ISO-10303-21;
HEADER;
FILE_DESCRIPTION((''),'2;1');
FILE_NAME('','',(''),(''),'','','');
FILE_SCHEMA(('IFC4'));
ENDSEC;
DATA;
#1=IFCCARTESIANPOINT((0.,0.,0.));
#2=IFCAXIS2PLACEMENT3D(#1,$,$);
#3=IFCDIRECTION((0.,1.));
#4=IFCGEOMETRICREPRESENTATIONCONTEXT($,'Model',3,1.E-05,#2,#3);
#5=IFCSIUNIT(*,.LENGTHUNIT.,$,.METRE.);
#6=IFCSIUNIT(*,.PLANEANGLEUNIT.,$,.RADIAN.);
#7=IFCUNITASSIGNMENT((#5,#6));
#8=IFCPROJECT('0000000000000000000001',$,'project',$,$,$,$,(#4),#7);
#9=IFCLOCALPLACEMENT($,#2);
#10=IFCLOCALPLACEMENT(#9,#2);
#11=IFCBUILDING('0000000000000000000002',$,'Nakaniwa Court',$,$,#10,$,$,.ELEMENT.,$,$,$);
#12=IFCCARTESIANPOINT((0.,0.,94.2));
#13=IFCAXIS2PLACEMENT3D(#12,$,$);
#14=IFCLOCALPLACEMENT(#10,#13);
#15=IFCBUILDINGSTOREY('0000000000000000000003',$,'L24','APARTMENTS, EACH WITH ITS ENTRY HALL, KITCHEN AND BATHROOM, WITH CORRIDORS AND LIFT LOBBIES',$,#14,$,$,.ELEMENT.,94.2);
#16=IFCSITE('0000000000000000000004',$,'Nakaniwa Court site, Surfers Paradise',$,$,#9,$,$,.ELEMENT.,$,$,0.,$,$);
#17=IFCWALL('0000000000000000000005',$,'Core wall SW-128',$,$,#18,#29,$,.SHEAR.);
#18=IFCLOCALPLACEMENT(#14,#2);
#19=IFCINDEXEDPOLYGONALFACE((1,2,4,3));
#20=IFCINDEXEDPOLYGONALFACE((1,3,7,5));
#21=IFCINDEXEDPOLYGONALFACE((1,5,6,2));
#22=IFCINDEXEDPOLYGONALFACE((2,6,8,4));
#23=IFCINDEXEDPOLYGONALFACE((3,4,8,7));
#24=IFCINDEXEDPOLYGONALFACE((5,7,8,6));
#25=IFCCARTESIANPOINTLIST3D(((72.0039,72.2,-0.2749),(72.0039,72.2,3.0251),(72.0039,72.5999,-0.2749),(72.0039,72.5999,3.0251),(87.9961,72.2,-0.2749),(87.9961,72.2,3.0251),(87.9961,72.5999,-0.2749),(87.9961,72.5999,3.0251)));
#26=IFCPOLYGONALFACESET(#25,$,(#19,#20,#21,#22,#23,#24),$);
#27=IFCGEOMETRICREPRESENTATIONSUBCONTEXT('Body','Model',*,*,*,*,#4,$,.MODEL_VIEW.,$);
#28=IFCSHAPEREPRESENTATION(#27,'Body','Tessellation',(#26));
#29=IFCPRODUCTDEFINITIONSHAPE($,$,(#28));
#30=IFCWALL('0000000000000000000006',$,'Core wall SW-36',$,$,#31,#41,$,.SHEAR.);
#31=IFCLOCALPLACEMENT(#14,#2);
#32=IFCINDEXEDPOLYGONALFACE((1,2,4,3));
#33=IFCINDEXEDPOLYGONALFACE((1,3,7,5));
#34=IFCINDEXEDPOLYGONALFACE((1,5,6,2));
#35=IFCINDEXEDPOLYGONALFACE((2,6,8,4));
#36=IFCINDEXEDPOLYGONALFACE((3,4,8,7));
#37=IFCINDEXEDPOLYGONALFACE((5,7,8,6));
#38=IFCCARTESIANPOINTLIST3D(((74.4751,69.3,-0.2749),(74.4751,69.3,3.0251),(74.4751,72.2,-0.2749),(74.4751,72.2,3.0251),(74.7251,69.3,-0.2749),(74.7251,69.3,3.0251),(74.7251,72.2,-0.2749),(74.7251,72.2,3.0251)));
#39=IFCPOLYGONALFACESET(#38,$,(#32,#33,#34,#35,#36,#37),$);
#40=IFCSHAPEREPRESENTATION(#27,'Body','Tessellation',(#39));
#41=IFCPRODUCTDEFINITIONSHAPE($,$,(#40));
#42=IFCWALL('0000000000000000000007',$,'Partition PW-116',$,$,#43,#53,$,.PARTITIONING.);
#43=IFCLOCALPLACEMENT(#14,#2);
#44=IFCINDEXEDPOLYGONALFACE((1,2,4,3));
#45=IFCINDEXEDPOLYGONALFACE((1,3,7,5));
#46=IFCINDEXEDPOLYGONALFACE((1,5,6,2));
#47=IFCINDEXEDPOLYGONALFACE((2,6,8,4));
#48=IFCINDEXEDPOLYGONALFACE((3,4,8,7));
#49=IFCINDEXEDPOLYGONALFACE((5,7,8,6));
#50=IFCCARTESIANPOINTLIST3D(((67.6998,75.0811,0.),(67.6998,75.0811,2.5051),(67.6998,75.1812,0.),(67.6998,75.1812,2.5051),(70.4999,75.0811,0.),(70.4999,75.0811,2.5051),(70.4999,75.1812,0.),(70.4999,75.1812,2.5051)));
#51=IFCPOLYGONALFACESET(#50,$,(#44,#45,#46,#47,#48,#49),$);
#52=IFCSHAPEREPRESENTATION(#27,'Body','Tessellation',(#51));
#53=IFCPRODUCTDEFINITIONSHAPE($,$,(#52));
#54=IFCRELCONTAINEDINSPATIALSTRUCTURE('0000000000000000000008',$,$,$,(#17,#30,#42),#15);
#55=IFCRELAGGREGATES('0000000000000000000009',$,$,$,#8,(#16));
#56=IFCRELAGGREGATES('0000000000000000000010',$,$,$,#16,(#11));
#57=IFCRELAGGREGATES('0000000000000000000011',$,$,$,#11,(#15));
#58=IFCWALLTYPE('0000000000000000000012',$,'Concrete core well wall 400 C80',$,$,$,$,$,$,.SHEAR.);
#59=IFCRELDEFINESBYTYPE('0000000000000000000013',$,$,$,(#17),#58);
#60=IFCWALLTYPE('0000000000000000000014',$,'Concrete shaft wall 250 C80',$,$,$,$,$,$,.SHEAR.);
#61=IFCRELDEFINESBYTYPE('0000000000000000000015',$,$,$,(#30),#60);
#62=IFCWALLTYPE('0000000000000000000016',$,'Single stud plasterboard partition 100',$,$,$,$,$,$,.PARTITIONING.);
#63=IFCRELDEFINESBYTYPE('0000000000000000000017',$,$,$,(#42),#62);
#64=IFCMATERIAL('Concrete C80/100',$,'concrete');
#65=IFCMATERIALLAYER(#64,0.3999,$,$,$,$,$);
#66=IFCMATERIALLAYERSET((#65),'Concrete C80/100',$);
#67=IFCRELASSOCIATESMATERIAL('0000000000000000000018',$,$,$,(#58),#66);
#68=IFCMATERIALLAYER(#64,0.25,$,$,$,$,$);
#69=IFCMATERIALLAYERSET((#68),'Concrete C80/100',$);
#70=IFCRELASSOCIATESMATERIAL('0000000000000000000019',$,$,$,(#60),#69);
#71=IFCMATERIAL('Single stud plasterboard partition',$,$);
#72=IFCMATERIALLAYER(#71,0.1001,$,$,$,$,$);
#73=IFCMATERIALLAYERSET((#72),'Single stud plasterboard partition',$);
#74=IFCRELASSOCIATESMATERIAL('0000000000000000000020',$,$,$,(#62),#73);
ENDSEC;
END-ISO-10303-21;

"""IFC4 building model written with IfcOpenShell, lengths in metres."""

from ifc_helpers import new_model, si_unit, direction, frame, frame_2d, origin, place, context, subcontext, project, spatial, rectangle, extrude, material, layer, layer_set, type_object, element, save


model = new_model("IFC4")

# Units and contexts
model_context = context("Model", 3, precision=1e-05, world=origin(), true_north=direction((0.0, 1.0)))
body_context = subcontext(model_context, "Body", "Model", "MODEL_VIEW")
ifc_project = project(units=[si_unit("LENGTHUNIT", "METRE"), si_unit("PLANEANGLEUNIT", "RADIAN")], contexts=[model_context])

# Site, building, storey
site_placement = place(None, origin())
site = spatial("IfcSite", under=ifc_project, at=site_placement, Name="Nakaniwa Court site, Surfers Paradise", CompositionType="ELEMENT", RefElevation=0.0)
building_placement = place(site_placement, origin())
building = spatial("IfcBuilding", under=site, at=building_placement, Name="Nakaniwa Court", CompositionType="ELEMENT")
storey_placement = place(building_placement, frame((0.0, 0.0, 94.2)))
storey = spatial("IfcBuildingStorey", under=building, at=storey_placement, Name="L24", Description="APARTMENTS, EACH WITH ITS ENTRY HALL, KITCHEN AND BATHROOM, WITH CORRIDORS AND LIFT LOBBIES", CompositionType="ELEMENT", Elevation=94.2)

# Shared definitions
ifc_material_1 = material(Name="Concrete C80/100", Category="concrete")

# Walls
ifc_layer_1 = layer(ifc_material_1, 0.3999)
ifc_layer_set_1 = layer_set([ifc_layer_1], Name="Concrete C80/100")
wall_type_1 = type_object("IfcWallType", Name="Concrete core well wall 400 C80", PredefinedType="SHEAR", material=ifc_layer_set_1)
wall_1_placement = place(storey_placement, frame((72.0039, 72.3999, -0.2749), z_axis=(0.0, 0.0, 1.0), x_axis=(1.0, 0.0, 0.0)))
element("IfcWall", 1, at=wall_1_placement, inside=storey, type_object=wall_type_1, Name="Core wall SW-128", PredefinedType="SHEAR", context=body_context, shape_type="SweptSolid", body=[
    extrude(rectangle(XDim=15.9922, YDim=0.3999, at=frame_2d((7.9961, 0.0))), origin(), (0.0, 0.0, 1.0), 3.3),
])
ifc_layer_2 = layer(ifc_material_1, 0.25)
ifc_layer_set_2 = layer_set([ifc_layer_2], Name="Concrete C80/100")
wall_type_2 = type_object("IfcWallType", Name="Concrete shaft wall 250 C80", PredefinedType="SHEAR", material=ifc_layer_set_2)
wall_2_placement = place(storey_placement, frame((74.6001, 69.3, -0.2749), z_axis=(0.0, 0.0, 1.0), x_axis=(0.0, 1.0, 0.0)))
element("IfcWall", 2, at=wall_2_placement, inside=storey, type_object=wall_type_2, Name="Core wall SW-36", PredefinedType="SHEAR", context=body_context, shape_type="SweptSolid", body=[
    extrude(rectangle(XDim=2.8999, YDim=0.25, at=frame_2d((1.45, 0.0))), origin(), (0.0, 0.0, 1.0), 3.3),
])
ifc_material_2 = material(Name="Single stud plasterboard partition")
ifc_layer_3 = layer(ifc_material_2, 0.1001)
ifc_layer_set_3 = layer_set([ifc_layer_3], Name="Single stud plasterboard partition")
wall_type_3 = type_object("IfcWallType", Name="Single stud plasterboard partition 100", PredefinedType="PARTITIONING", material=ifc_layer_set_3)
wall_3_placement = place(storey_placement, frame((67.7, 75.1311, 0.0), z_axis=(0.0, 0.0, 1.0), x_axis=(1.0, 0.0, 0.0)))
element("IfcWall", 3, at=wall_3_placement, inside=storey, type_object=wall_type_3, Name="Partition PW-116", PredefinedType="PARTITIONING", context=body_context, shape_type="SweptSolid", body=[
    extrude(rectangle(XDim=2.8, YDim=0.1001, at=frame_2d((1.3999, 0.0))), origin(), (0.0, 0.0, 1.0), 2.5051),
])

save(model, "model.ifc")
